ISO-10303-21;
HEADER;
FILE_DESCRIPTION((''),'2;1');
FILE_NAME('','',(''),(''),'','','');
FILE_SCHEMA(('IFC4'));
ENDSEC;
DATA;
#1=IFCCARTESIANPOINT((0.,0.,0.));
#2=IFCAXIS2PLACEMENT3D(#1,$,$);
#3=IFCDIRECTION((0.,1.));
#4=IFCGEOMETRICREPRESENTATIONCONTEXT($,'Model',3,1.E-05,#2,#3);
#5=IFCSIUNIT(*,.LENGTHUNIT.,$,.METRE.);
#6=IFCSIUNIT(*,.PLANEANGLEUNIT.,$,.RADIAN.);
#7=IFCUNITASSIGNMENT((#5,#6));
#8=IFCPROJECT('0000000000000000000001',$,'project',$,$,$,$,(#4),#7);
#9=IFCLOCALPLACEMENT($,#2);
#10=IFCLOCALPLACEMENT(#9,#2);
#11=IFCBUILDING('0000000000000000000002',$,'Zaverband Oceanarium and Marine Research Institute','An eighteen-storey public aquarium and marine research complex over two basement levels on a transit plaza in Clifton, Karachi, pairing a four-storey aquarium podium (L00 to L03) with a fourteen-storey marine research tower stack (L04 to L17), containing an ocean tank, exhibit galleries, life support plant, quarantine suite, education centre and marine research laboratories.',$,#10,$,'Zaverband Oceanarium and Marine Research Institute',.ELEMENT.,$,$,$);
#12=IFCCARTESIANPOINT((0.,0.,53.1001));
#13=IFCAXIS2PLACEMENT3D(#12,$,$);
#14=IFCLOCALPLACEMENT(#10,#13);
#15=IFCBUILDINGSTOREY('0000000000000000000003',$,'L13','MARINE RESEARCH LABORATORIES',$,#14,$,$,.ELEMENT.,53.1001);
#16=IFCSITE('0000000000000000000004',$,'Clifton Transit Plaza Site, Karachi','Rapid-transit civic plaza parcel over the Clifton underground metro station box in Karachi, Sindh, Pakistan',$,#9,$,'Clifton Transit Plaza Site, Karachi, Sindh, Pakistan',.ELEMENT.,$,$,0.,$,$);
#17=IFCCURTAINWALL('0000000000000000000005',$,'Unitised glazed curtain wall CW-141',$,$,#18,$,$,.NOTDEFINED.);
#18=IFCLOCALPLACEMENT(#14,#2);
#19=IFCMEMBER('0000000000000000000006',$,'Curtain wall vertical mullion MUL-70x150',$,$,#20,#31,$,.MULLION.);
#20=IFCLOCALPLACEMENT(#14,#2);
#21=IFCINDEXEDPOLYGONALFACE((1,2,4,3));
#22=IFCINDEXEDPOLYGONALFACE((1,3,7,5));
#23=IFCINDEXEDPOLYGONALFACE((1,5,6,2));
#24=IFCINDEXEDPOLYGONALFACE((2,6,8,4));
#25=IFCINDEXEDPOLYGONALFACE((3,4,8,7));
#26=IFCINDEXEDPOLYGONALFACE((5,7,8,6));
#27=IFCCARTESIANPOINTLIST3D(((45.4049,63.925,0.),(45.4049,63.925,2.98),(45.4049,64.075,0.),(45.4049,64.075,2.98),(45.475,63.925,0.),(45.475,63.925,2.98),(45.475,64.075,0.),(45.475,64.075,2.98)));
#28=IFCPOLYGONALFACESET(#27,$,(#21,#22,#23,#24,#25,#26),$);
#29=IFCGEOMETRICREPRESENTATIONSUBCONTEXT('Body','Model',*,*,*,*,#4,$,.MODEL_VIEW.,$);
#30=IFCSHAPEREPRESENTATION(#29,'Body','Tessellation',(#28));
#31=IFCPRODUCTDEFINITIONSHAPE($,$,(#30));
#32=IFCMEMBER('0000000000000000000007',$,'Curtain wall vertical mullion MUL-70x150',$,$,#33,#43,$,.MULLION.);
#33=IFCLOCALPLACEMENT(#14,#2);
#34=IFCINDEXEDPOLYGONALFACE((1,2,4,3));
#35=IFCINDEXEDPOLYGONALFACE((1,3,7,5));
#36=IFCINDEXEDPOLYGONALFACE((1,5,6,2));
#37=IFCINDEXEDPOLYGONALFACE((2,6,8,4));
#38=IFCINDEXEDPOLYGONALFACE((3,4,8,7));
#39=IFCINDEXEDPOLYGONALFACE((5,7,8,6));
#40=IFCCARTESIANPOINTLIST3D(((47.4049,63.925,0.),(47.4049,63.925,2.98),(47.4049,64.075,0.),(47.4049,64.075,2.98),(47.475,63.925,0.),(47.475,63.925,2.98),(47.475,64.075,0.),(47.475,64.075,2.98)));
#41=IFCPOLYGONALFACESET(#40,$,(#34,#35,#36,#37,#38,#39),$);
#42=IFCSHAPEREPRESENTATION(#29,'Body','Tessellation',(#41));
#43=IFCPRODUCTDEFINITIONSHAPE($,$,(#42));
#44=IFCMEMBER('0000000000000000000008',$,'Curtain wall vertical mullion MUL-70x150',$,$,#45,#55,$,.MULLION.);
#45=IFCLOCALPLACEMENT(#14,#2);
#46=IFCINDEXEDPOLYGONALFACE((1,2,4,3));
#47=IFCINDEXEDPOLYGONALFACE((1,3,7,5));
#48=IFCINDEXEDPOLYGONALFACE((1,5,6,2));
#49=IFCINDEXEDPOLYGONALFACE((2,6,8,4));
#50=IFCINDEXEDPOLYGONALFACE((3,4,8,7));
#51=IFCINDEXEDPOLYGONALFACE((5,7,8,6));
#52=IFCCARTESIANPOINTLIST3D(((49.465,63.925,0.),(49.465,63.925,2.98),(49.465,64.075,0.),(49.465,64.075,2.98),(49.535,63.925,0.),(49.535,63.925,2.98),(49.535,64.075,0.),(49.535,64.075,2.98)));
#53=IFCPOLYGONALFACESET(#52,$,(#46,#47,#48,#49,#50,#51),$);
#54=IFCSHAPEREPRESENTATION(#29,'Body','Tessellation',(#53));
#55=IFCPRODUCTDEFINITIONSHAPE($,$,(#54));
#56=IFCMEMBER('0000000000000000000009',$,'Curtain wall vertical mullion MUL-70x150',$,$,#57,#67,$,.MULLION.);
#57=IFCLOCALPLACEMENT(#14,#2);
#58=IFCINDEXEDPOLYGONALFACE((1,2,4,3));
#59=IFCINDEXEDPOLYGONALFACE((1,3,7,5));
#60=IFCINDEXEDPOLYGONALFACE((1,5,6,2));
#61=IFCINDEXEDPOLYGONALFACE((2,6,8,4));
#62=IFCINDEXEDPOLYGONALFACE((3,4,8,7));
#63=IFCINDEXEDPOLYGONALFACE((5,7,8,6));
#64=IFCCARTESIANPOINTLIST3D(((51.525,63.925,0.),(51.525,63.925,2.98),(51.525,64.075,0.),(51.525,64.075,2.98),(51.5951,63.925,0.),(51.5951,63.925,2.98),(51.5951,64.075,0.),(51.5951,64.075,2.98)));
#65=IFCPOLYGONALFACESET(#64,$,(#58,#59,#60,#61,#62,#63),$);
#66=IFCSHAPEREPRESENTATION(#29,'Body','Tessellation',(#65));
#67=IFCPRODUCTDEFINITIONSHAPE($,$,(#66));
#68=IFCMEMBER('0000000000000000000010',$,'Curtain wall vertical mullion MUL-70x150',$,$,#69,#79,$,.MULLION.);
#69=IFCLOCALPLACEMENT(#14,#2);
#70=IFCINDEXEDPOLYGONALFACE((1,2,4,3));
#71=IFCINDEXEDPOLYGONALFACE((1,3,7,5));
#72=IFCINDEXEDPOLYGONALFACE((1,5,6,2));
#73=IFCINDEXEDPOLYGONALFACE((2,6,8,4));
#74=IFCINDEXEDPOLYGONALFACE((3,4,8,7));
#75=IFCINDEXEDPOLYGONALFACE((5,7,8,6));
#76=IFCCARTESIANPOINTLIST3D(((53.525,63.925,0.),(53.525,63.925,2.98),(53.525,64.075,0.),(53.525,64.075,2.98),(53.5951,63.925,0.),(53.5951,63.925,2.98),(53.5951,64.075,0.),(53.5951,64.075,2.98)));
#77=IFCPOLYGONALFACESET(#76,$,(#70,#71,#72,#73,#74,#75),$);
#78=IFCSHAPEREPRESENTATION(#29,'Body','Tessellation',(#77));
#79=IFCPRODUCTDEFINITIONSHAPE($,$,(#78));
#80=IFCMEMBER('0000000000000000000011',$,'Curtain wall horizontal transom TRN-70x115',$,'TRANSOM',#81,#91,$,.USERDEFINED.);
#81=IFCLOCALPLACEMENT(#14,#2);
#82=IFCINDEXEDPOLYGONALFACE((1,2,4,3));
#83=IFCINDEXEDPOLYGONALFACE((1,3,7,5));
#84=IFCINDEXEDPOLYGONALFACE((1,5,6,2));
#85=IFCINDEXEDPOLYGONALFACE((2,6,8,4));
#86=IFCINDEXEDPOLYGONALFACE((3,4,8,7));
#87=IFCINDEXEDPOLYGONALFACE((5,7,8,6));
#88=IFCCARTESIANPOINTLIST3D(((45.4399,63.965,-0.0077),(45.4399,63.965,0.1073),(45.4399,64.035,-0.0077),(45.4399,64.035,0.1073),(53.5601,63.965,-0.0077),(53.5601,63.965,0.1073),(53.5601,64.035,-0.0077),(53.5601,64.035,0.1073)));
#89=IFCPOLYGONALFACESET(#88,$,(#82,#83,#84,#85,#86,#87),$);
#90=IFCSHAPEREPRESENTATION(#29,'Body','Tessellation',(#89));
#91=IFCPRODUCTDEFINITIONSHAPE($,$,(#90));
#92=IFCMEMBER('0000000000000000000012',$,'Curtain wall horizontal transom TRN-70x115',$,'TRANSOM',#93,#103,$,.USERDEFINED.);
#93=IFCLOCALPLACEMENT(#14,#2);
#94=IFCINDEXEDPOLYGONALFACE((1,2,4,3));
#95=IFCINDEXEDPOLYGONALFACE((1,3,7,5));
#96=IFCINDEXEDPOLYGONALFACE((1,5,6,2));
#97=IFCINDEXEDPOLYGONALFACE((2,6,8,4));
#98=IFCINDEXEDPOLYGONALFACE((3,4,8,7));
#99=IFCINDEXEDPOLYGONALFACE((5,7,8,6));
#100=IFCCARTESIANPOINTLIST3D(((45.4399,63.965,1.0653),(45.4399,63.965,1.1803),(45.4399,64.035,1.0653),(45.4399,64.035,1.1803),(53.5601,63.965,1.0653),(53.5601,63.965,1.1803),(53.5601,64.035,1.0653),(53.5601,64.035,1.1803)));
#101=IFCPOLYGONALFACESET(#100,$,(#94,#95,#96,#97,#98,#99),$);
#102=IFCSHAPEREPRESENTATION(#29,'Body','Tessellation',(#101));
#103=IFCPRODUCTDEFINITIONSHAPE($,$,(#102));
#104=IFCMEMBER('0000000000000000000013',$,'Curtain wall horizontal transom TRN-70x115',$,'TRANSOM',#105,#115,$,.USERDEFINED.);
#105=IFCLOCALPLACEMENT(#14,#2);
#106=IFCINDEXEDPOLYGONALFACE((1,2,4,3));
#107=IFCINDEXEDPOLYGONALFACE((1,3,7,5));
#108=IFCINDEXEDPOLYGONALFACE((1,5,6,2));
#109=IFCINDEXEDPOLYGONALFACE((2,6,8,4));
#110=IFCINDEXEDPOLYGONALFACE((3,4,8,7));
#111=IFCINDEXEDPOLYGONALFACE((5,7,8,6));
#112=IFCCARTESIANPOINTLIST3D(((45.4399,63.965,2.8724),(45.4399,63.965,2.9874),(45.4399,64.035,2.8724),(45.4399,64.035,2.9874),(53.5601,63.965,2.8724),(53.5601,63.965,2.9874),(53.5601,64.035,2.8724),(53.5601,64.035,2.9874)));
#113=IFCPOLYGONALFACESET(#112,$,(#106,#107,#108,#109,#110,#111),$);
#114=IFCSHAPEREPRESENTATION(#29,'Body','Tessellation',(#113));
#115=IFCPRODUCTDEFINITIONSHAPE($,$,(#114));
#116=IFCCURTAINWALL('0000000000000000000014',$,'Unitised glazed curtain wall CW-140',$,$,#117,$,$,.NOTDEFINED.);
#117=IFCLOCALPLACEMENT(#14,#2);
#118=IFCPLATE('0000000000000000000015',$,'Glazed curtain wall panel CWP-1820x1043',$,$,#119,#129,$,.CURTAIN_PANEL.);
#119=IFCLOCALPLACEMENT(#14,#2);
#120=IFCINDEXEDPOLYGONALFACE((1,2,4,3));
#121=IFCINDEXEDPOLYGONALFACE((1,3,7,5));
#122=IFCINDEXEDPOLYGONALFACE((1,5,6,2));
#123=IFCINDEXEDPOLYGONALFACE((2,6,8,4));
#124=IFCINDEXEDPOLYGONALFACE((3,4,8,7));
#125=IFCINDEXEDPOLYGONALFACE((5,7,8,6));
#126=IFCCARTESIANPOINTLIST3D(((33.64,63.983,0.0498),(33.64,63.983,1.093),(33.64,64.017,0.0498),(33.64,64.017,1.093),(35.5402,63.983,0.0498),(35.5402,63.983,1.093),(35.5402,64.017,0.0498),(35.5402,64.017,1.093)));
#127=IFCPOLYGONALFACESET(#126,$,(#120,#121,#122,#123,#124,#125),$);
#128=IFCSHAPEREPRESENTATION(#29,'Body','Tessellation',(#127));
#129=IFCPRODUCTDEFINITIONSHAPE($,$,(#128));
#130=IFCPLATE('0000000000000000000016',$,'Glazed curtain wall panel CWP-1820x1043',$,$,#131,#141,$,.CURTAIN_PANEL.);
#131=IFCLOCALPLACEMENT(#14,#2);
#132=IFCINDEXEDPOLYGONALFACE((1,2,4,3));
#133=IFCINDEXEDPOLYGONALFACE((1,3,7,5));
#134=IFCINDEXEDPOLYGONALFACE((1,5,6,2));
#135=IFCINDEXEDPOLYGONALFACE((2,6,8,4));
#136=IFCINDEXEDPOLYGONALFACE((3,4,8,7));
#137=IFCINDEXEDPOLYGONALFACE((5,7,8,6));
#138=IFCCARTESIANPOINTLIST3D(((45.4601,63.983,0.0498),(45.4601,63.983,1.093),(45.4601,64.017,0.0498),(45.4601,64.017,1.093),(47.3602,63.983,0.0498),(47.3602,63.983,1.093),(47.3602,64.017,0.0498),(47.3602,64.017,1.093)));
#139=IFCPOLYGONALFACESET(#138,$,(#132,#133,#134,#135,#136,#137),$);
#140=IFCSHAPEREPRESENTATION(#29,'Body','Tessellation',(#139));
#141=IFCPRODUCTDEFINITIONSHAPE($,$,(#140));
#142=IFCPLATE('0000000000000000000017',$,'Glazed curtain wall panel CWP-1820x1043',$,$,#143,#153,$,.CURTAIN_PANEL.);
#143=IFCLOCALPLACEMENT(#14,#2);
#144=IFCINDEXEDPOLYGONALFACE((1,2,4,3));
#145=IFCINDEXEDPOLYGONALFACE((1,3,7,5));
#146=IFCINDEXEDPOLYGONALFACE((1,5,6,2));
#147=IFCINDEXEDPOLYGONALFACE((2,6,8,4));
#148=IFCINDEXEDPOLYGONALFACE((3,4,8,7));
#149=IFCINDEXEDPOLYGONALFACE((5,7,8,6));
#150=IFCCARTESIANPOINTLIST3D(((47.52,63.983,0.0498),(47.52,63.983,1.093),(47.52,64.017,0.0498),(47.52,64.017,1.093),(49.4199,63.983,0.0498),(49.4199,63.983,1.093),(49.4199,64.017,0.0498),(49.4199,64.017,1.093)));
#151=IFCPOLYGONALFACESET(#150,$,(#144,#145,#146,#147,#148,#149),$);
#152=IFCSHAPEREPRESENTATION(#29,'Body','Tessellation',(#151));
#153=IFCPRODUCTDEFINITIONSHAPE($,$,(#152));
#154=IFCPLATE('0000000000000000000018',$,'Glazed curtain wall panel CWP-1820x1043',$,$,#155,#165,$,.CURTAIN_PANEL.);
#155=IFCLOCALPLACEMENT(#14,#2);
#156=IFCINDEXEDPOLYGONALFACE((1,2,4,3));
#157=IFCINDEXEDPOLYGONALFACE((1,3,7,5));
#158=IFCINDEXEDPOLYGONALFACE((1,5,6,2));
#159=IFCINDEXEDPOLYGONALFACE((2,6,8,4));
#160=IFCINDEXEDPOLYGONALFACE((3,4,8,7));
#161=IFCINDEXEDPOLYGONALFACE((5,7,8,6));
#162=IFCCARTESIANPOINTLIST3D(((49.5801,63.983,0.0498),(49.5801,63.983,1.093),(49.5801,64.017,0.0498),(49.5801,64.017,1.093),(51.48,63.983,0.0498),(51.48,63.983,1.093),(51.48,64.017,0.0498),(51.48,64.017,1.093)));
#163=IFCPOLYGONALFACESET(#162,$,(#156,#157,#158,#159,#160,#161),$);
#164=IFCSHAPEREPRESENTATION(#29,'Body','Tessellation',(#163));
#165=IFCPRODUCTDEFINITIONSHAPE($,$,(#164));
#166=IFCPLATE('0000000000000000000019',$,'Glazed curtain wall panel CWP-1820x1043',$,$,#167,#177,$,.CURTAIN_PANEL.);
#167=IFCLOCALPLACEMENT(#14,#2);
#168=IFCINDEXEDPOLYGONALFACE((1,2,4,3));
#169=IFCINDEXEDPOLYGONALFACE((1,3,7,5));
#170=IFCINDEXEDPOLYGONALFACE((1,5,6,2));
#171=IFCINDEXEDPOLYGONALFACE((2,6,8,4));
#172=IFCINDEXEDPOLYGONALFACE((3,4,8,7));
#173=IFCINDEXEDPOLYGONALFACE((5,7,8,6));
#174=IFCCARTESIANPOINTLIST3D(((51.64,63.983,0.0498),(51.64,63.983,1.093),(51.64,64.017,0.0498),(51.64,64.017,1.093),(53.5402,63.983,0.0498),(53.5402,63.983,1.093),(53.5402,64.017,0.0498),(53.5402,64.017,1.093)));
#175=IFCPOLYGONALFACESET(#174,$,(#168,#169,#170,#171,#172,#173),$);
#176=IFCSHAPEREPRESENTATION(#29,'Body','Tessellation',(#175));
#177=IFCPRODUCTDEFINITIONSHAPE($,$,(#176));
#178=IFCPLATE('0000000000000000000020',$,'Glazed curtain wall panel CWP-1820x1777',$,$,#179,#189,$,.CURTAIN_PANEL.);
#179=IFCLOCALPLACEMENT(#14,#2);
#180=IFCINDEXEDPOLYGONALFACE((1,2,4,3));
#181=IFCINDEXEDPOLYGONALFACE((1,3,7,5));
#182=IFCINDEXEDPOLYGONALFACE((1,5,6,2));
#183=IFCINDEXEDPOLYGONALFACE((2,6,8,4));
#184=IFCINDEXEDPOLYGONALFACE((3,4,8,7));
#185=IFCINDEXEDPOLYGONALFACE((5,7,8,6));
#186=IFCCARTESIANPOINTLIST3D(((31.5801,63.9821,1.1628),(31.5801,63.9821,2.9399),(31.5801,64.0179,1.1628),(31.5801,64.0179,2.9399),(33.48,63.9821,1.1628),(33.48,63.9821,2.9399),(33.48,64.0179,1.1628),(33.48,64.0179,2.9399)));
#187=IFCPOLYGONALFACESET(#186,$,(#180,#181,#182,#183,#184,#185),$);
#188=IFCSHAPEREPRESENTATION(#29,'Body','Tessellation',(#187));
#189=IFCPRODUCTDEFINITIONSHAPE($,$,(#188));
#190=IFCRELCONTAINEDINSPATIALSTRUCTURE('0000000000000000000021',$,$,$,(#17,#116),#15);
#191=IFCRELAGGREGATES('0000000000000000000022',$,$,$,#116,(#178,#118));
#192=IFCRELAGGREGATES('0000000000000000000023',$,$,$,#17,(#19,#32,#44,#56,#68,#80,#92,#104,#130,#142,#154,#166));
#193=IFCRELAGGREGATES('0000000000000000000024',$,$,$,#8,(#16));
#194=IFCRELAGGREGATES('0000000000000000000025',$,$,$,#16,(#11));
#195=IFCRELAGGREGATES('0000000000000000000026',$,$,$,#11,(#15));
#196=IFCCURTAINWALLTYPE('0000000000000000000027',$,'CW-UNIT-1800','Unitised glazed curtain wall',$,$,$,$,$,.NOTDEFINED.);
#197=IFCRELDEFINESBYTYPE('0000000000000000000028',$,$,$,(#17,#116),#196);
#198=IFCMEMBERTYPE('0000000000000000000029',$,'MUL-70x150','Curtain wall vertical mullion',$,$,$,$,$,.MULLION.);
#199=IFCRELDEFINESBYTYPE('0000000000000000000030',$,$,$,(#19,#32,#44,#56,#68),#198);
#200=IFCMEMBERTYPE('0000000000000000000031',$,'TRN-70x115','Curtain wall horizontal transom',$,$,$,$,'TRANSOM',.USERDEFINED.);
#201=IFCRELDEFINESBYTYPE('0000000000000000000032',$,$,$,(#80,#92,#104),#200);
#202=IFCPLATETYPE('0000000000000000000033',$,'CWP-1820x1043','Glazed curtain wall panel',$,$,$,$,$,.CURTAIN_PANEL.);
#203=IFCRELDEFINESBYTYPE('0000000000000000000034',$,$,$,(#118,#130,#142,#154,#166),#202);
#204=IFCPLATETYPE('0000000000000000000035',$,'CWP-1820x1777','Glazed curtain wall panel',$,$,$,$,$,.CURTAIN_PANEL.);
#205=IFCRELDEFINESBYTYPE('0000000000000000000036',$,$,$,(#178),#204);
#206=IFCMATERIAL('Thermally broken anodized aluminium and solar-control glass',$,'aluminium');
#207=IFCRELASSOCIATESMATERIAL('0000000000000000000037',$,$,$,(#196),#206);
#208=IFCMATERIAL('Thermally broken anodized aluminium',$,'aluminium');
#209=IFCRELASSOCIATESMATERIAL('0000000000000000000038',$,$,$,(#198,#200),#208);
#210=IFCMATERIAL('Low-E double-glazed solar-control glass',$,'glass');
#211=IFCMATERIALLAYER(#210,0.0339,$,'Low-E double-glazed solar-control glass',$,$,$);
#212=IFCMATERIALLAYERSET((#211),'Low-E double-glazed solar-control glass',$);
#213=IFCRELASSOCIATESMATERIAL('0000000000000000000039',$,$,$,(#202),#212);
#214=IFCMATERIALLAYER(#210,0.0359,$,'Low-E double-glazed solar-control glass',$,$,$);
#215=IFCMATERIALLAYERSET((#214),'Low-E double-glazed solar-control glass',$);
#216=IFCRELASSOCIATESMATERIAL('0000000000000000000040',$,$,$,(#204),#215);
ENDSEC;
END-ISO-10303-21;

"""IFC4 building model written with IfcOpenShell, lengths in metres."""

from ifc_helpers import new_model, si_unit, direction, frame, frame_2d, origin, origin_2d, place, context, subcontext, project, spatial, rectangle, extrude, material, layer, layer_set, material_profile, profile_set, type_object, element, aggregate, save


model = new_model("IFC4")

# Units and contexts
model_context = context("Model", 3, precision=1e-05, world=origin(), true_north=direction((0.0, 1.0)))
body_context = subcontext(model_context, "Body", "Model", "MODEL_VIEW")
ifc_project = project(units=[si_unit("LENGTHUNIT", "METRE"), si_unit("PLANEANGLEUNIT", "RADIAN")], contexts=[model_context])

# Site, building, storey
site_placement = place(None, origin())
site = spatial("IfcSite", under=ifc_project, at=site_placement, Name="Clifton Transit Plaza Site, Karachi", Description="Rapid-transit civic plaza parcel over the Clifton underground metro station box in Karachi, Sindh, Pakistan", LongName="Clifton Transit Plaza Site, Karachi, Sindh, Pakistan", CompositionType="ELEMENT", RefElevation=0.0)
building_placement = place(site_placement, origin())
building = spatial("IfcBuilding", under=site, at=building_placement, Name="Zaverband Oceanarium and Marine Research Institute", Description="An eighteen-storey public aquarium and marine research complex over two basement levels on a transit plaza in Clifton, Karachi, pairing a four-storey aquarium podium (L00 to L03) with a fourteen-storey marine research tower stack (L04 to L17), containing an ocean tank, exhibit galleries, life support plant, quarantine suite, education centre and marine research laboratories.", LongName="Zaverband Oceanarium and Marine Research Institute", CompositionType="ELEMENT")
storey_placement = place(building_placement, frame((0.0, 0.0, 53.1001)))
storey = spatial("IfcBuildingStorey", under=building, at=storey_placement, Name="L13", Description="MARINE RESEARCH LABORATORIES", CompositionType="ELEMENT", Elevation=53.1001)

# Curtain wall, members
ifc_material_1 = material(Name="Thermally broken anodized aluminium and solar-control glass", Category="aluminium")
curtain_wall_type = type_object("IfcCurtainWallType", Name="CW-UNIT-1800", Description="Unitised glazed curtain wall", PredefinedType="NOTDEFINED", material=ifc_material_1)
curtain_wall_1_placement = place(storey_placement, origin())
curtain_wall_1 = element("IfcCurtainWall", 1, at=curtain_wall_1_placement, inside=storey, type_object=curtain_wall_type, Name="Unitised glazed curtain wall CW-141", PredefinedType="NOTDEFINED")
ifc_material_2 = material(Name="Thermally broken anodized aluminium", Category="aluminium")
ifc_material_profile_1 = material_profile(ifc_material_2, rectangle(XDim=0.0701, YDim=0.1499, at=origin_2d()), Name="AL-MUL-70x150")
ifc_profile_set_1 = profile_set([ifc_material_profile_1], Name="Thermally broken anodized aluminium")
member_type_1 = type_object("IfcMemberType", Name="MUL-70x150", Description="Curtain wall vertical mullion", PredefinedType="MULLION", material=ifc_profile_set_1)
member_1_placement = place(storey_placement, frame((45.4399, 64.0, 0.0), z_axis=(0.0, 0.0, 1.0), x_axis=(1.0, 0.0, 0.0)))
member_1 = element("IfcMember", 2, at=member_1_placement, type_object=member_type_1, Name="Curtain wall vertical mullion MUL-70x150", PredefinedType="MULLION", context=body_context, shape_type="SweptSolid", body=[
    extrude(rectangle(XDim=0.0701, YDim=0.1499, at=origin_2d()), origin(), (0.0, 0.0, 1.0), 2.98),
])
member_2_placement = place(storey_placement, frame((47.4399, 64.0, 0.0), z_axis=(0.0, 0.0, 1.0), x_axis=(1.0, 0.0, 0.0)))
member_2 = element("IfcMember", 3, at=member_2_placement, type_object=member_type_1, Name="Curtain wall vertical mullion MUL-70x150", PredefinedType="MULLION", context=body_context, shape_type="SweptSolid", body=[
    extrude(rectangle(XDim=0.0701, YDim=0.1499, at=origin_2d()), origin(), (0.0, 0.0, 1.0), 2.98),
])
member_3_placement = place(storey_placement, frame((49.5, 64.0, 0.0), z_axis=(0.0, 0.0, 1.0), x_axis=(1.0, 0.0, 0.0)))
member_3 = element("IfcMember", 4, at=member_3_placement, type_object=member_type_1, Name="Curtain wall vertical mullion MUL-70x150", PredefinedType="MULLION", context=body_context, shape_type="SweptSolid", body=[
    extrude(rectangle(XDim=0.0701, YDim=0.1499, at=origin_2d()), origin(), (0.0, 0.0, 1.0), 2.98),
])
member_4_placement = place(storey_placement, frame((51.5601, 64.0, 0.0), z_axis=(0.0, 0.0, 1.0), x_axis=(1.0, 0.0, 0.0)))
member_4 = element("IfcMember", 5, at=member_4_placement, type_object=member_type_1, Name="Curtain wall vertical mullion MUL-70x150", PredefinedType="MULLION", context=body_context, shape_type="SweptSolid", body=[
    extrude(rectangle(XDim=0.0701, YDim=0.1499, at=origin_2d()), origin(), (0.0, 0.0, 1.0), 2.98),
])
member_5_placement = place(storey_placement, frame((53.5601, 64.0, 0.0), z_axis=(0.0, 0.0, 1.0), x_axis=(1.0, 0.0, 0.0)))
member_5 = element("IfcMember", 6, at=member_5_placement, type_object=member_type_1, Name="Curtain wall vertical mullion MUL-70x150", PredefinedType="MULLION", context=body_context, shape_type="SweptSolid", body=[
    extrude(rectangle(XDim=0.0701, YDim=0.1499, at=origin_2d()), origin(), (0.0, 0.0, 1.0), 2.98),
])
ifc_material_profile_2 = material_profile(ifc_material_2, rectangle(XDim=0.0701, YDim=0.115, at=origin_2d()), Name="AL-TRN-70x115")
ifc_profile_set_2 = profile_set([ifc_material_profile_2], Name="Thermally broken anodized aluminium")
member_type_2 = type_object("IfcMemberType", Name="TRN-70x115", Description="Curtain wall horizontal transom", ElementType="TRANSOM", PredefinedType="USERDEFINED", material=ifc_profile_set_2)
member_6_placement = place(storey_placement, frame((45.4399, 64.0, 0.0498), z_axis=(1.0, 0.0, 0.0), x_axis=(0.0, 1.0, 0.0)))
member_6 = element("IfcMember", 7, at=member_6_placement, type_object=member_type_2, Name="Curtain wall horizontal transom TRN-70x115", ObjectType="TRANSOM", PredefinedType="USERDEFINED", context=body_context, shape_type="SweptSolid", body=[
    extrude(rectangle(XDim=0.0701, YDim=0.115, at=origin_2d()), origin(), (0.0, 0.0, 1.0), 8.1201),
])
member_7_placement = place(storey_placement, frame((45.4399, 64.0, 1.1228), z_axis=(1.0, 0.0, 0.0), x_axis=(0.0, 1.0, 0.0)))
member_7 = element("IfcMember", 8, at=member_7_placement, type_object=member_type_2, Name="Curtain wall horizontal transom TRN-70x115", ObjectType="TRANSOM", PredefinedType="USERDEFINED", context=body_context, shape_type="SweptSolid", body=[
    extrude(rectangle(XDim=0.0701, YDim=0.115, at=origin_2d()), origin(), (0.0, 0.0, 1.0), 8.1201),
])
member_8_placement = place(storey_placement, frame((45.4399, 64.0, 2.9299), z_axis=(1.0, 0.0, 0.0), x_axis=(0.0, 1.0, 0.0)))
member_8 = element("IfcMember", 9, at=member_8_placement, type_object=member_type_2, Name="Curtain wall horizontal transom TRN-70x115", ObjectType="TRANSOM", PredefinedType="USERDEFINED", context=body_context, shape_type="SweptSolid", body=[
    extrude(rectangle(XDim=0.0701, YDim=0.115, at=origin_2d()), origin(), (0.0, 0.0, 1.0), 8.1201),
])

# Curtain wall, plate
curtain_wall_2_placement = place(storey_placement, origin())
curtain_wall_2 = element("IfcCurtainWall", 10, at=curtain_wall_2_placement, inside=storey, type_object=curtain_wall_type, Name="Unitised glazed curtain wall CW-140", PredefinedType="NOTDEFINED")
ifc_material_3 = material(Name="Low-E double-glazed solar-control glass", Category="glass")
ifc_layer_1 = layer(ifc_material_3, 0.0339, Name="Low-E double-glazed solar-control glass")
ifc_layer_set_1 = layer_set([ifc_layer_1], Name="Low-E double-glazed solar-control glass")
plate_type_1 = type_object("IfcPlateType", Name="CWP-1820x1043", Description="Glazed curtain wall panel", PredefinedType="CURTAIN_PANEL", material=ifc_layer_set_1)
plate_1_placement = place(storey_placement, frame((33.6399, 64.0, 0.0498), z_axis=(0.0, 0.0, 1.0), x_axis=(1.0, 0.0, 0.0)))
plate_1 = element("IfcPlate", 11, at=plate_1_placement, type_object=plate_type_1, Name="Glazed curtain wall panel CWP-1820x1043", PredefinedType="CURTAIN_PANEL", context=body_context, shape_type="SweptSolid", body=[
    extrude(rectangle(XDim=1.9001, YDim=0.0339, at=frame_2d((0.9502, 0.0))), origin(), (0.0, 0.0, 1.0), 1.0432),
])

# Plates
plate_2_placement = place(storey_placement, frame((45.46, 64.0, 0.0498), z_axis=(0.0, 0.0, 1.0), x_axis=(1.0, 0.0, 0.0)))
plate_2 = element("IfcPlate", 12, at=plate_2_placement, type_object=plate_type_1, Name="Glazed curtain wall panel CWP-1820x1043", PredefinedType="CURTAIN_PANEL", context=body_context, shape_type="SweptSolid", body=[
    extrude(rectangle(XDim=1.9001, YDim=0.0339, at=frame_2d((0.9502, 0.0))), origin(), (0.0, 0.0, 1.0), 1.0432),
])
plate_3_placement = place(storey_placement, frame((47.52, 64.0, 0.0498), z_axis=(0.0, 0.0, 1.0), x_axis=(1.0, 0.0, 0.0)))
plate_3 = element("IfcPlate", 13, at=plate_3_placement, type_object=plate_type_1, Name="Glazed curtain wall panel CWP-1820x1043", PredefinedType="CURTAIN_PANEL", context=body_context, shape_type="SweptSolid", body=[
    extrude(rectangle(XDim=1.8999, YDim=0.0339, at=frame_2d((0.95, 0.0))), origin(), (0.0, 0.0, 1.0), 1.0432),
])
plate_4_placement = place(storey_placement, frame((49.5801, 64.0, 0.0498), z_axis=(0.0, 0.0, 1.0), x_axis=(1.0, 0.0, 0.0)))
plate_4 = element("IfcPlate", 14, at=plate_4_placement, type_object=plate_type_1, Name="Glazed curtain wall panel CWP-1820x1043", PredefinedType="CURTAIN_PANEL", context=body_context, shape_type="SweptSolid", body=[
    extrude(rectangle(XDim=1.8999, YDim=0.0339, at=frame_2d((0.95, 0.0))), origin(), (0.0, 0.0, 1.0), 1.0432),
])
plate_5_placement = place(storey_placement, frame((51.6399, 64.0, 0.0498), z_axis=(0.0, 0.0, 1.0), x_axis=(1.0, 0.0, 0.0)))
plate_5 = element("IfcPlate", 15, at=plate_5_placement, type_object=plate_type_1, Name="Glazed curtain wall panel CWP-1820x1043", PredefinedType="CURTAIN_PANEL", context=body_context, shape_type="SweptSolid", body=[
    extrude(rectangle(XDim=1.9001, YDim=0.0339, at=frame_2d((0.9502, 0.0))), origin(), (0.0, 0.0, 1.0), 1.0432),
])
ifc_layer_2 = layer(ifc_material_3, 0.0359, Name="Low-E double-glazed solar-control glass")
ifc_layer_set_2 = layer_set([ifc_layer_2], Name="Low-E double-glazed solar-control glass")
plate_type_2 = type_object("IfcPlateType", Name="CWP-1820x1777", Description="Glazed curtain wall panel", PredefinedType="CURTAIN_PANEL", material=ifc_layer_set_2)
plate_6_placement = place(storey_placement, frame((31.5801, 64.0, 1.1628), z_axis=(0.0, 0.0, 1.0), x_axis=(1.0, 0.0, 0.0)))
plate_6 = element("IfcPlate", 16, at=plate_6_placement, type_object=plate_type_2, Name="Glazed curtain wall panel CWP-1820x1777", PredefinedType="CURTAIN_PANEL", context=body_context, shape_type="SweptSolid", body=[
    extrude(rectangle(XDim=1.8999, YDim=0.0359, at=frame_2d((0.95, 0.0))), origin(), (0.0, 0.0, 1.0), 1.7771),
])
aggregate(curtain_wall_2, [plate_6, plate_1])
aggregate(curtain_wall_1, [member_1, member_2, member_3, member_4, member_5, member_6, member_7, member_8, plate_2, plate_3, plate_4, plate_5])

save(model, "model.ifc")
